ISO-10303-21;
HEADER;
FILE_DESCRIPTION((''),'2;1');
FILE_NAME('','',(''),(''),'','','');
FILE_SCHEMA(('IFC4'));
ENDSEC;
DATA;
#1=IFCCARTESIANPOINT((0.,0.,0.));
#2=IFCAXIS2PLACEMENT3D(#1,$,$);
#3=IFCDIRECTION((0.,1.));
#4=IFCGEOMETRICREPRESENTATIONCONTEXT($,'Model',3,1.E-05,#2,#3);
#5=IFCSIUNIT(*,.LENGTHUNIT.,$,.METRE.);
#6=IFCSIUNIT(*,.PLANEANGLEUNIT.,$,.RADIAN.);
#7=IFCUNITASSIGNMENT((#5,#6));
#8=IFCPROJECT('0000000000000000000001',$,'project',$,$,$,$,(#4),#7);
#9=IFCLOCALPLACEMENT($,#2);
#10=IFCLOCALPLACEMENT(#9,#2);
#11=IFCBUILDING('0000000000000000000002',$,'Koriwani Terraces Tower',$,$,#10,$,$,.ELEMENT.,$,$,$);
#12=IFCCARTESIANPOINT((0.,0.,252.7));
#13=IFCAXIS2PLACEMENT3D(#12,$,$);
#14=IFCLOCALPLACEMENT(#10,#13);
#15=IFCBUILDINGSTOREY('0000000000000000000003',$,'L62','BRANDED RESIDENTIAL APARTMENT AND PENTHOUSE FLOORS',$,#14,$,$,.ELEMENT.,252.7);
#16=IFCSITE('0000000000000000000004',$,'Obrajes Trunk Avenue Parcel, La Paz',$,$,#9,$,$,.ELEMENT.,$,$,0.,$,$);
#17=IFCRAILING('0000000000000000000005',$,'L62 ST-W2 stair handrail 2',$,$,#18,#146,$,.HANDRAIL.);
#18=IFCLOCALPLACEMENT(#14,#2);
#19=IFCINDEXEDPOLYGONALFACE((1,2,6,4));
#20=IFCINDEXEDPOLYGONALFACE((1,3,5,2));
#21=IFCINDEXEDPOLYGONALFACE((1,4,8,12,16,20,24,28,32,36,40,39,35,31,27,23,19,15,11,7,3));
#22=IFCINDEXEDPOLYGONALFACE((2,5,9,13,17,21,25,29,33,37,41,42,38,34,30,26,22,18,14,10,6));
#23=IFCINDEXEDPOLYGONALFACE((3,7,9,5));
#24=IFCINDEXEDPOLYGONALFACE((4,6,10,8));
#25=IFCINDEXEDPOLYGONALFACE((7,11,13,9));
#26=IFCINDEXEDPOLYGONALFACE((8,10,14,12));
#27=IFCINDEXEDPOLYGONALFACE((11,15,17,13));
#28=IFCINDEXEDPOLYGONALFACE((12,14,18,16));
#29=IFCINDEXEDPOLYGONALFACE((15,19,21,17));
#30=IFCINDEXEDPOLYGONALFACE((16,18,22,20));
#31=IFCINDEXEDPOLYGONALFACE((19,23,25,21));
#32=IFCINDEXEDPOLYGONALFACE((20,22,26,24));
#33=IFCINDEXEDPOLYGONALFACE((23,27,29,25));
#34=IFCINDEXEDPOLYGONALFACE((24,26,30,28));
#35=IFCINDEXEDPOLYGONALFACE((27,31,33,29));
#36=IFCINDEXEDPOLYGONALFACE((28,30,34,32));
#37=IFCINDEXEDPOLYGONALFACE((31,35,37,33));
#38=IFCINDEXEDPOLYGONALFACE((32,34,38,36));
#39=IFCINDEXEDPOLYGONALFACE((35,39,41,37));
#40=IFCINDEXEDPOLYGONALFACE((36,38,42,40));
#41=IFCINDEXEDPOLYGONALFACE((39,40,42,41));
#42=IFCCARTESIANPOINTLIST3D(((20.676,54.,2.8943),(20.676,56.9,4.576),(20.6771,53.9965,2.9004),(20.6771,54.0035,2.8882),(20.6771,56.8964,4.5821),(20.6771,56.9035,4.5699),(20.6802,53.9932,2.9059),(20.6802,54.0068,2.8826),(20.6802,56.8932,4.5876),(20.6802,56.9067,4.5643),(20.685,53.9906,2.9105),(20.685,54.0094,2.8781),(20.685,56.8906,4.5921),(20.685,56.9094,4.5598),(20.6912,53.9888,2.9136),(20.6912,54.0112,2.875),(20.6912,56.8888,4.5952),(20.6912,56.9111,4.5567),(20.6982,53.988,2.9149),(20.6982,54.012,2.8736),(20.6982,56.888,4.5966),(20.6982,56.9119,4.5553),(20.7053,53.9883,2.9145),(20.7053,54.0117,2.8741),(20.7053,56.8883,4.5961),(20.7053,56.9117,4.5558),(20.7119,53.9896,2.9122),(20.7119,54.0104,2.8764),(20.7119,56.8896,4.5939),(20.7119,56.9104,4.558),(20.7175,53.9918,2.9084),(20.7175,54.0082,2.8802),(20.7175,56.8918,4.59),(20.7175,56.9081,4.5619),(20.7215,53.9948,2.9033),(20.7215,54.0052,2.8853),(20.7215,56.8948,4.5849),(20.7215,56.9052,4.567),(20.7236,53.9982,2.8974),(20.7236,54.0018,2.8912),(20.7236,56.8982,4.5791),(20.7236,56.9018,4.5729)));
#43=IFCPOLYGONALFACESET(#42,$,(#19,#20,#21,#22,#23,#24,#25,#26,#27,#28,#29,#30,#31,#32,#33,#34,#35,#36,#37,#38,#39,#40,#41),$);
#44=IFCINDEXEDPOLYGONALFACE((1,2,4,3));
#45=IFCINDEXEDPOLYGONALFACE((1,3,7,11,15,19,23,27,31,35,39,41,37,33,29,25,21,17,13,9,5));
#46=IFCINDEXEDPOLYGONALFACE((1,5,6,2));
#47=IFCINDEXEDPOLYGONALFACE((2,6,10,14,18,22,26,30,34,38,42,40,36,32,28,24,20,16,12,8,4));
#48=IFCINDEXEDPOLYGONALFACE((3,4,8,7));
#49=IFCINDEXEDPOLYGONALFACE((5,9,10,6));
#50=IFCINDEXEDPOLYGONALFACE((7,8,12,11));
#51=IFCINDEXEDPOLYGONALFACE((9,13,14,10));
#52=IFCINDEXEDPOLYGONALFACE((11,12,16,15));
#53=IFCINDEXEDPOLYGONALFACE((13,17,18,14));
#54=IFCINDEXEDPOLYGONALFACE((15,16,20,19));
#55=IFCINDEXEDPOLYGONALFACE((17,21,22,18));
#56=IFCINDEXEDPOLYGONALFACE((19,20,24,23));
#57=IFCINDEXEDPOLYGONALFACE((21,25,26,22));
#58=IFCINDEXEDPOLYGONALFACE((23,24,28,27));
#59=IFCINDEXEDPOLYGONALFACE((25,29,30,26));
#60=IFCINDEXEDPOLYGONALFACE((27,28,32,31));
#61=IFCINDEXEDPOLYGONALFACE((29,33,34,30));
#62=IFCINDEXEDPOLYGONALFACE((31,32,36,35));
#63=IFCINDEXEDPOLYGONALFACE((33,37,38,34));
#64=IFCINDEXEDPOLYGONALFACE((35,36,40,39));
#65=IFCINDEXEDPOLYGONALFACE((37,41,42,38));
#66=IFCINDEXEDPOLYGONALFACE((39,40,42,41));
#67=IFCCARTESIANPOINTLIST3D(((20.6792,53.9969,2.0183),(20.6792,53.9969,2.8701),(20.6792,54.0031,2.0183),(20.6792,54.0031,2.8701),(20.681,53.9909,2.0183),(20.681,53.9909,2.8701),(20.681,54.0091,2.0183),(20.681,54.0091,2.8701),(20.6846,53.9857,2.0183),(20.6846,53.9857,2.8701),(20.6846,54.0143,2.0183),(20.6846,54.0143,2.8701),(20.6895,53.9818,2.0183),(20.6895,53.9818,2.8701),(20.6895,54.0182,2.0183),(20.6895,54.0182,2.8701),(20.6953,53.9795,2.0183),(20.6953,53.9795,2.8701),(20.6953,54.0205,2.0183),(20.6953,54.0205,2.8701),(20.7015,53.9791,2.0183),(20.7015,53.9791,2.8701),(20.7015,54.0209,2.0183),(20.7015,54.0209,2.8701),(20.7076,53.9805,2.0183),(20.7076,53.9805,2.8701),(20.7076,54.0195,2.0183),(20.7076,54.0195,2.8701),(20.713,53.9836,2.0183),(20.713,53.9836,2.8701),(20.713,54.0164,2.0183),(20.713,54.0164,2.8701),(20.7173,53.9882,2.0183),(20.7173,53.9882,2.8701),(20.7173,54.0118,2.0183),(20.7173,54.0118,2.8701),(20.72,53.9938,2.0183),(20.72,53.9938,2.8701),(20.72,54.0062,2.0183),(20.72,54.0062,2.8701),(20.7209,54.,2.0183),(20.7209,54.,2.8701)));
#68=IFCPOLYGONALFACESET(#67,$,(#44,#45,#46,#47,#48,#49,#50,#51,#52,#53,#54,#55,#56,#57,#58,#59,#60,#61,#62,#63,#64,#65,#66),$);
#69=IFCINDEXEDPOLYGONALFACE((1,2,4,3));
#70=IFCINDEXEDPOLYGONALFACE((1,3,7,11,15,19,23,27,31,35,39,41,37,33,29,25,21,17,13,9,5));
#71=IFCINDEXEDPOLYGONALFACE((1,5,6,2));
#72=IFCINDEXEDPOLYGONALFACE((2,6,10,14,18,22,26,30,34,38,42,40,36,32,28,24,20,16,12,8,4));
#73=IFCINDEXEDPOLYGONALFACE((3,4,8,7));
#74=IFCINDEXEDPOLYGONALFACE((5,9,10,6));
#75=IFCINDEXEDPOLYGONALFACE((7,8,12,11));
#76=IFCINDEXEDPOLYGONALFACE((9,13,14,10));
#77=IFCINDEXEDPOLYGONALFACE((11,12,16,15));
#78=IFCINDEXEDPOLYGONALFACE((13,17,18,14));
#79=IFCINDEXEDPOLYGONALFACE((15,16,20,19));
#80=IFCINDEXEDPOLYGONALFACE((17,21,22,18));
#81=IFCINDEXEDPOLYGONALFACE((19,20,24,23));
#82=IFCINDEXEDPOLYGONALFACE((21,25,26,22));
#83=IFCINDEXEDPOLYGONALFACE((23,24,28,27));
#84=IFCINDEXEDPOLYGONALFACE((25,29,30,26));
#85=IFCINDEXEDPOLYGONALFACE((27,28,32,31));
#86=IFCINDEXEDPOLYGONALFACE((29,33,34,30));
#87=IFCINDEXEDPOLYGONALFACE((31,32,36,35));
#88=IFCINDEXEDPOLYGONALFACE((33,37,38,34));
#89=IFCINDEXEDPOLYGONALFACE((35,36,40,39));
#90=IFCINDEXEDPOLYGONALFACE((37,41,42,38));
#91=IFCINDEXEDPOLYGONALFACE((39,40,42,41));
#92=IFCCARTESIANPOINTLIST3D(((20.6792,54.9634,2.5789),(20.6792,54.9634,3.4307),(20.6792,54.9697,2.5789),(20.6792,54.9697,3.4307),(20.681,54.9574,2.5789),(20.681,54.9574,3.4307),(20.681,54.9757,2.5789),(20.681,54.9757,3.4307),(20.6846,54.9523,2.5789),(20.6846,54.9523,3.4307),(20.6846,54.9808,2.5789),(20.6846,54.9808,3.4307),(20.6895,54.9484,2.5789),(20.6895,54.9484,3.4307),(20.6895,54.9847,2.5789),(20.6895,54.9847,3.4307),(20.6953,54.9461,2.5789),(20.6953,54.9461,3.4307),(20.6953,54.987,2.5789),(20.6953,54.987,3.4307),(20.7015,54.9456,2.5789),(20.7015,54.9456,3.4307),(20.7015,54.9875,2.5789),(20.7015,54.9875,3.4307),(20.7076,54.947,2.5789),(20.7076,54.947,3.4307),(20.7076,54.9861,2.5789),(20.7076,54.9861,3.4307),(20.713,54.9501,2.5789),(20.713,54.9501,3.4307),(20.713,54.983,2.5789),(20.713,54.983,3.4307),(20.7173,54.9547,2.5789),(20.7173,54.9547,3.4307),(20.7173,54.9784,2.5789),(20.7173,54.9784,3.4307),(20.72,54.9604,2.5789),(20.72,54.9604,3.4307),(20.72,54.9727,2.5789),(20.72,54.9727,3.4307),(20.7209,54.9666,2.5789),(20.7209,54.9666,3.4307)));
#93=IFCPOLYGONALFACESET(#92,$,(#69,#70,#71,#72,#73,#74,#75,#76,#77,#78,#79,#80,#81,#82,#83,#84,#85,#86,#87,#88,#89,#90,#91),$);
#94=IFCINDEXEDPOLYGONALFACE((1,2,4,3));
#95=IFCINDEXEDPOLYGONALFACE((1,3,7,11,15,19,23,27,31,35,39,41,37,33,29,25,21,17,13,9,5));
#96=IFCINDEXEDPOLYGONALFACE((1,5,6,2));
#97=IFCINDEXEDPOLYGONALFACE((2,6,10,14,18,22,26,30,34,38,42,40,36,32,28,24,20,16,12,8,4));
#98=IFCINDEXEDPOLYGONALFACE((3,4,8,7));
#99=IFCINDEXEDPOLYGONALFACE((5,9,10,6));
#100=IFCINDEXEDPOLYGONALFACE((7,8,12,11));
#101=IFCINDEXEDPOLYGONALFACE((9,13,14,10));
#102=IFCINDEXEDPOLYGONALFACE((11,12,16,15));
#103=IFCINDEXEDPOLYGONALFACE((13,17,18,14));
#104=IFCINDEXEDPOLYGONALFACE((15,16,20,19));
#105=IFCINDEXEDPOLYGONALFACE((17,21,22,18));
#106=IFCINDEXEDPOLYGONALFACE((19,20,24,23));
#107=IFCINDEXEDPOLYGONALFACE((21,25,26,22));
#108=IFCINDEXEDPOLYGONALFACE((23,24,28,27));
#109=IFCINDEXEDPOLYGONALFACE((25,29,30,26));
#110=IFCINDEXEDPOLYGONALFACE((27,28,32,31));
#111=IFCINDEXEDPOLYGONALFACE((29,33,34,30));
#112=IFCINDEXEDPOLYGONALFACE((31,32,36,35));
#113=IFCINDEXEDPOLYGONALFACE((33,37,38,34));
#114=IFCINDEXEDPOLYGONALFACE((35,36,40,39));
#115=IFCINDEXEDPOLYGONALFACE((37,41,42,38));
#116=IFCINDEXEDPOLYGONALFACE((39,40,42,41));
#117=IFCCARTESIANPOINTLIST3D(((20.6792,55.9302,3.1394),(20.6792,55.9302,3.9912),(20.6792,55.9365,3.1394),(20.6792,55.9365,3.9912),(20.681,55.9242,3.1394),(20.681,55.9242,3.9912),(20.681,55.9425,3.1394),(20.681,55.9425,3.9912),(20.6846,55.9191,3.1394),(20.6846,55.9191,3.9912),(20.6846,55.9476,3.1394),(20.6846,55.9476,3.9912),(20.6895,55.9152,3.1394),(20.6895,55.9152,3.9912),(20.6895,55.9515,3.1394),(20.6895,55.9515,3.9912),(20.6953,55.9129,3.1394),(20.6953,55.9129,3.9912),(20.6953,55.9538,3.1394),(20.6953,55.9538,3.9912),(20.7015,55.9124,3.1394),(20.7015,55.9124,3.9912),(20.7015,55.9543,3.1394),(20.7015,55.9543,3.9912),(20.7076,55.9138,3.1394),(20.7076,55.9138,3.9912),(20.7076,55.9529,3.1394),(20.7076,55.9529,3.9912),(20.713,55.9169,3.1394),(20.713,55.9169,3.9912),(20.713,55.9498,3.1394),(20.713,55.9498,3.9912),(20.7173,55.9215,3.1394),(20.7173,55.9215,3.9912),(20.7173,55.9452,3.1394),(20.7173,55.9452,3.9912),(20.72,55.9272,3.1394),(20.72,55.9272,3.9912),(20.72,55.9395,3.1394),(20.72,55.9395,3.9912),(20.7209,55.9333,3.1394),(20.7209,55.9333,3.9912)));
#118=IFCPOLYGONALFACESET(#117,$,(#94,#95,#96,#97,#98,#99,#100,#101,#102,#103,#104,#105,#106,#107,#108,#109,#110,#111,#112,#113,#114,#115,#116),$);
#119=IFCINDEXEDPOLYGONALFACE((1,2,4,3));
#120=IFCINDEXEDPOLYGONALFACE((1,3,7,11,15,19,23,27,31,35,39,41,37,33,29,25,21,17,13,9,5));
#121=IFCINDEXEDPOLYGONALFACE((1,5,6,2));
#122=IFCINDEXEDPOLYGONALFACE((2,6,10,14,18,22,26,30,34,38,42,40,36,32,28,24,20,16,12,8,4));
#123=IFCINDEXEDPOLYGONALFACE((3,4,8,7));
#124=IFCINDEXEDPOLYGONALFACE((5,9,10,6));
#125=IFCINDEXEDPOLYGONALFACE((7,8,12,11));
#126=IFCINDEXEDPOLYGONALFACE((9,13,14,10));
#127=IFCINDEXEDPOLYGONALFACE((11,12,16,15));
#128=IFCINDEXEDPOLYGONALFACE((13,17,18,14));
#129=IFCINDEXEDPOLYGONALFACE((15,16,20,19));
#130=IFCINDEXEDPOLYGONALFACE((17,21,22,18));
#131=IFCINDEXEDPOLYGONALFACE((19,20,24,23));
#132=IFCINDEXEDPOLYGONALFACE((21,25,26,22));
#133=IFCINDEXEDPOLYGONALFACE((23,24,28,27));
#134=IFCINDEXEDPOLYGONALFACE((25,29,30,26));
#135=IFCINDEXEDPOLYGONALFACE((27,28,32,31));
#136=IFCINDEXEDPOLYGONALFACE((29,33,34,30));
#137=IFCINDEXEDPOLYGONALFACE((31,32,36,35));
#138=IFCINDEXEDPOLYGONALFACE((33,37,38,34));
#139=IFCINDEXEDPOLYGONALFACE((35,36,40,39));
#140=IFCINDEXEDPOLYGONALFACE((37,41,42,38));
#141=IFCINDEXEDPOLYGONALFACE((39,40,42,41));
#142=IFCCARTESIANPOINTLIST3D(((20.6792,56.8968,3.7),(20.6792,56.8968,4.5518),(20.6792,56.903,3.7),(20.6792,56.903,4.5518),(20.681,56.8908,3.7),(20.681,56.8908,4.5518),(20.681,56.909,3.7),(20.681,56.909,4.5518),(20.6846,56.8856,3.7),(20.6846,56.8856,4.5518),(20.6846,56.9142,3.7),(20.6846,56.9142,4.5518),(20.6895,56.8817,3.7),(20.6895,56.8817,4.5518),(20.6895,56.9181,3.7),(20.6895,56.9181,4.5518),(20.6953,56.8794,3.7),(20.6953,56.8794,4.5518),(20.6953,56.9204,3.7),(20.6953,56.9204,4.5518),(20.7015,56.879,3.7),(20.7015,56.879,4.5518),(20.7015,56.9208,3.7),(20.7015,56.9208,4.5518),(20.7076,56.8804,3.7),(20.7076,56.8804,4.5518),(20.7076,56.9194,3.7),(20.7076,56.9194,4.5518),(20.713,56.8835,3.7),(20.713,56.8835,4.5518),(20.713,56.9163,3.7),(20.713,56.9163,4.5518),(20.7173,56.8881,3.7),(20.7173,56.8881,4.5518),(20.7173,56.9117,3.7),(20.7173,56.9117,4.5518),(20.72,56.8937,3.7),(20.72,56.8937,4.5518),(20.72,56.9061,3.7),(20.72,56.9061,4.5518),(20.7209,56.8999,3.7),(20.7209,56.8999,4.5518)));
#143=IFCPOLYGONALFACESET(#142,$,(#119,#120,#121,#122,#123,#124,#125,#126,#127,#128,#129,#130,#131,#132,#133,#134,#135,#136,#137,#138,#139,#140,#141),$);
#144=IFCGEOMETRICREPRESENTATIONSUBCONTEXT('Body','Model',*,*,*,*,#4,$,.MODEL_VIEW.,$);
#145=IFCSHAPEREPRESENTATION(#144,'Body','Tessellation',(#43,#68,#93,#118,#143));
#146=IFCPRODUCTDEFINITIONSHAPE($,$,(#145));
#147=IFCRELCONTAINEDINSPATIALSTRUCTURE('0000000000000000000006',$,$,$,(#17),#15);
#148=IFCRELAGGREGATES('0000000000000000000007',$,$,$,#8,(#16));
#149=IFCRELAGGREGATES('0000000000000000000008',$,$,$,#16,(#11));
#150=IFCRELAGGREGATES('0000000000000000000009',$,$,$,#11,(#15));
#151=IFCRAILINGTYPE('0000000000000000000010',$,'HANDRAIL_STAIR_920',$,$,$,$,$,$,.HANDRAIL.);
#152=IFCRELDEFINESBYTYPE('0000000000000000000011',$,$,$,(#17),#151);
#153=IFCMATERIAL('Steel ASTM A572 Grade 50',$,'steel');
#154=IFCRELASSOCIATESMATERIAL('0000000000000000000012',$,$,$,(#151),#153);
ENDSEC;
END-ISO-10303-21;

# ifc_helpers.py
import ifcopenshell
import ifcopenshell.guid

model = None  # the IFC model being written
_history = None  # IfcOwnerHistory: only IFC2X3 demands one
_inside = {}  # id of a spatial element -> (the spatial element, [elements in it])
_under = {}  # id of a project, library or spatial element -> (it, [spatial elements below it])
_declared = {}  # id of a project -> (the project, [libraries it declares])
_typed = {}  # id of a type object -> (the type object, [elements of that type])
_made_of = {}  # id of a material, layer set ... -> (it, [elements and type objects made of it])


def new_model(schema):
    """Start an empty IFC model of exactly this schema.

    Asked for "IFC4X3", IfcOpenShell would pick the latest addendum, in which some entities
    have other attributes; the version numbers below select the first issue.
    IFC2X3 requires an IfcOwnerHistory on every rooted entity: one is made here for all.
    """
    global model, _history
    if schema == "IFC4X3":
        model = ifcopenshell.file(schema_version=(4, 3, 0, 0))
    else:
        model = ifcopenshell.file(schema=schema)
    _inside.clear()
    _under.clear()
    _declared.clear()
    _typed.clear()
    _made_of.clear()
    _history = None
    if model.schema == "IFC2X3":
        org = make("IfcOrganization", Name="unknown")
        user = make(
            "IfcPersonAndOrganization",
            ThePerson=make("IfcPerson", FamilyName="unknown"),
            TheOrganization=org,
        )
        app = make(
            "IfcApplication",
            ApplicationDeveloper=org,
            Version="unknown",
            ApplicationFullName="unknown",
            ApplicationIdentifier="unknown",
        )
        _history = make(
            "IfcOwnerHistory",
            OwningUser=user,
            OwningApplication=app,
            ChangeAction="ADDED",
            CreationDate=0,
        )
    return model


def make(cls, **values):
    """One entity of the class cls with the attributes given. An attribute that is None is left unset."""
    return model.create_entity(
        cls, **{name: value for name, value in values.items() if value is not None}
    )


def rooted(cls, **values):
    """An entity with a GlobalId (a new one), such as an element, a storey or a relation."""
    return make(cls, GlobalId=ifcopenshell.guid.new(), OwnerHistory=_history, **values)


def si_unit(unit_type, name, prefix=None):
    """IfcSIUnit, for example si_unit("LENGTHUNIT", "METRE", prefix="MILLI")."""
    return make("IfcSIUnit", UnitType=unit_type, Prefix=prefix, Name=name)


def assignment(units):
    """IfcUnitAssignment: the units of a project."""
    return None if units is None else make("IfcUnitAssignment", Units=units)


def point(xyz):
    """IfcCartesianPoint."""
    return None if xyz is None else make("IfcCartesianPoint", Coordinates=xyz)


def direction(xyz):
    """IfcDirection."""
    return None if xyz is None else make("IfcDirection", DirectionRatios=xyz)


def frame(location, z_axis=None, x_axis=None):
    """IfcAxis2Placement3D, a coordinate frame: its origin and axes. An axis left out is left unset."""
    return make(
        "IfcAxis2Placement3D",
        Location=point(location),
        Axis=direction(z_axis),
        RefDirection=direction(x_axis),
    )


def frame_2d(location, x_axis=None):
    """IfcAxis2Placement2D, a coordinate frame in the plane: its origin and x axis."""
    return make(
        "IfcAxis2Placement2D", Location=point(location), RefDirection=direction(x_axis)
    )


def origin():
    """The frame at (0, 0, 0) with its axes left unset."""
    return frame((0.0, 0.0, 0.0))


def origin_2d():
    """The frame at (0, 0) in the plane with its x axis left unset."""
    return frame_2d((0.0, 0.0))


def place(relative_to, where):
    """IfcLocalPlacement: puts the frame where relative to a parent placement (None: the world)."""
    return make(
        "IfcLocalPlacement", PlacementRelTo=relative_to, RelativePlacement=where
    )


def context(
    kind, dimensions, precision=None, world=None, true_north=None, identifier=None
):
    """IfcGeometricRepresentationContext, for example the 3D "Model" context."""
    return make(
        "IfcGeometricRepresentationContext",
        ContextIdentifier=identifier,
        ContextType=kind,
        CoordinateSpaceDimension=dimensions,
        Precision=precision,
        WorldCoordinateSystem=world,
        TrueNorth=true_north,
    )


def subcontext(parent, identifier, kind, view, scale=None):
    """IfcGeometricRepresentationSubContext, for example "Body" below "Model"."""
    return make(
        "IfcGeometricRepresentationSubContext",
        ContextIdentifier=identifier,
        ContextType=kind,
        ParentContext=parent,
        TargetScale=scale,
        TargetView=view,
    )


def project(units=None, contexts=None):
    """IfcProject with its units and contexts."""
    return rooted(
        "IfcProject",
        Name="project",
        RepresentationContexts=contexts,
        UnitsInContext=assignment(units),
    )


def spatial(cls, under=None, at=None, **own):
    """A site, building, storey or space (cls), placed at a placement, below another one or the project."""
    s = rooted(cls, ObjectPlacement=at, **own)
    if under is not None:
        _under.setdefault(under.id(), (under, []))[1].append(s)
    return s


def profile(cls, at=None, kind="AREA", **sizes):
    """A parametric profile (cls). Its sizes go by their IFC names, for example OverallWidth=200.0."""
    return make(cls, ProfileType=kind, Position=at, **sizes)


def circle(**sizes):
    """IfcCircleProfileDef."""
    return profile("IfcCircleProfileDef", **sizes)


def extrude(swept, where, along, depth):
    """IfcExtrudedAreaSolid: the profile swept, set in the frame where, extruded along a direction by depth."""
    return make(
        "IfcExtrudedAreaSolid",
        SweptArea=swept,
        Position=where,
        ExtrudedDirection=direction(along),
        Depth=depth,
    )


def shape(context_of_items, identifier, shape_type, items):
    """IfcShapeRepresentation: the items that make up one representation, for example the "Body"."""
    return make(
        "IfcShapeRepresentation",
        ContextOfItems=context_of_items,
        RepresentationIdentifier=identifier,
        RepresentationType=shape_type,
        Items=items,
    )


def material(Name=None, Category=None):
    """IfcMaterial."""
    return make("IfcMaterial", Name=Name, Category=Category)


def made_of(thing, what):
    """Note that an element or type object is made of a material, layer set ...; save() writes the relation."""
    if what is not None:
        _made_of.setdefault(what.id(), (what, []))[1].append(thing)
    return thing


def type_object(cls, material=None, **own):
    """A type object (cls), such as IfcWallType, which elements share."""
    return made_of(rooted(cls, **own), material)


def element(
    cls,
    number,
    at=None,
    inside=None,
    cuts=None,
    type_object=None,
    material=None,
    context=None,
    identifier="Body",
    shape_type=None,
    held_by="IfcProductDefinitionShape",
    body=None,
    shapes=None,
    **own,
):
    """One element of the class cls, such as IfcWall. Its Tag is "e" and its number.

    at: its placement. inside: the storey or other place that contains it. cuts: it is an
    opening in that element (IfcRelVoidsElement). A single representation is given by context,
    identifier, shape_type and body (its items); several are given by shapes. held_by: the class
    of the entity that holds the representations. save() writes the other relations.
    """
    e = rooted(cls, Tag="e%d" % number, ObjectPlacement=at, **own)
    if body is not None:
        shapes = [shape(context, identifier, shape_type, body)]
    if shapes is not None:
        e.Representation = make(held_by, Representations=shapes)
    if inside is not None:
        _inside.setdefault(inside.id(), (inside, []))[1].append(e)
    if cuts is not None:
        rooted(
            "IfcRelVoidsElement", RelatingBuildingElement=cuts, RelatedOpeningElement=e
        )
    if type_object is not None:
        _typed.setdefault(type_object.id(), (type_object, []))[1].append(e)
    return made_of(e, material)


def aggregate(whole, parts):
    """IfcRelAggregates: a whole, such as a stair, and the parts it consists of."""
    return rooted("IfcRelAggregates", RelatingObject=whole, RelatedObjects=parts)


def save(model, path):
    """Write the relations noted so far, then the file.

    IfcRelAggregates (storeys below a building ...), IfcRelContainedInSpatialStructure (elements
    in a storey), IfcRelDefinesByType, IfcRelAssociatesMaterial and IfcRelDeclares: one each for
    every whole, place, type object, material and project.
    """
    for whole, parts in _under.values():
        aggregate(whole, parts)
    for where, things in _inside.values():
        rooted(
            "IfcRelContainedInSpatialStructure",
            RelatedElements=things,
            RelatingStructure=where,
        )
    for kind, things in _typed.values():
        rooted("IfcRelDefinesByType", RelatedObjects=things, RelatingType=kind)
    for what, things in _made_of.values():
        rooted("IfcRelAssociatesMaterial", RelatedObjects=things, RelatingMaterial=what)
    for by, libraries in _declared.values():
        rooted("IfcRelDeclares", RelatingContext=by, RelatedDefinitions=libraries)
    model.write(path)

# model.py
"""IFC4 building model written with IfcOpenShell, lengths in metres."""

from ifc_helpers import new_model, si_unit, direction, frame, origin, origin_2d, place, context, subcontext, project, spatial, circle, extrude, material, type_object, element, save


model = new_model("IFC4")

# Units and contexts
model_context = context("Model", 3, precision=1e-05, world=origin(), true_north=direction((0.0, 1.0)))
body_context = subcontext(model_context, "Body", "Model", "MODEL_VIEW")
ifc_project = project(units=[si_unit("LENGTHUNIT", "METRE"), si_unit("PLANEANGLEUNIT", "RADIAN")], contexts=[model_context])

# Site, building, storey
site_placement = place(None, origin())
site = spatial("IfcSite", under=ifc_project, at=site_placement, Name="Obrajes Trunk Avenue Parcel, La Paz", CompositionType="ELEMENT", RefElevation=0.0)
building_placement = place(site_placement, origin())
building = spatial("IfcBuilding", under=site, at=building_placement, Name="Koriwani Terraces Tower", CompositionType="ELEMENT")
storey_placement = place(building_placement, frame((0.0, 0.0, 252.7)))
storey = spatial("IfcBuildingStorey", under=building, at=storey_placement, Name="L62", Description="BRANDED RESIDENTIAL APARTMENT AND PENTHOUSE FLOORS", CompositionType="ELEMENT", Elevation=252.7)

# Shared definitions
ifc_material_1 = material(Name="Steel ASTM A572 Grade 50", Category="steel")

# Railing
railing_type_1 = type_object("IfcRailingType", Name="HANDRAIL_STAIR_920", PredefinedType="HANDRAIL", material=ifc_material_1)
railing_1_placement = place(storey_placement, frame((20.7, 54.0, 2.0183)))
element("IfcRailing", 1, at=railing_1_placement, inside=storey, type_object=railing_type_1, Name="L62 ST-W2 stair handrail 2", PredefinedType="HANDRAIL", context=body_context, shape_type="SweptSolid", body=[
    extrude(circle(Radius=0.0239, at=origin_2d()), frame((0.0, 0.0, 0.876), z_axis=(0.0, 0.86507, 0.501651), x_axis=(-1.0, 0.0, 0.0)), (0.0, 0.0, 1.0), 3.3523),
    extrude(circle(Radius=0.021, at=origin_2d()), origin(), (0.0, 0.0, 1.0), 0.8518),
    extrude(circle(Radius=0.021, at=origin_2d()), frame((0.0, 0.9666, 0.5605)), (0.0, 0.0, 1.0), 0.8518),
    extrude(circle(Radius=0.021, at=origin_2d()), frame((0.0, 1.9333, 1.1211)), (0.0, 0.0, 1.0), 0.8518),
    extrude(circle(Radius=0.021, at=origin_2d()), frame((0.0, 2.8999, 1.6816)), (0.0, 0.0, 1.0), 0.8518),
])

save(model, "model.ifc")
